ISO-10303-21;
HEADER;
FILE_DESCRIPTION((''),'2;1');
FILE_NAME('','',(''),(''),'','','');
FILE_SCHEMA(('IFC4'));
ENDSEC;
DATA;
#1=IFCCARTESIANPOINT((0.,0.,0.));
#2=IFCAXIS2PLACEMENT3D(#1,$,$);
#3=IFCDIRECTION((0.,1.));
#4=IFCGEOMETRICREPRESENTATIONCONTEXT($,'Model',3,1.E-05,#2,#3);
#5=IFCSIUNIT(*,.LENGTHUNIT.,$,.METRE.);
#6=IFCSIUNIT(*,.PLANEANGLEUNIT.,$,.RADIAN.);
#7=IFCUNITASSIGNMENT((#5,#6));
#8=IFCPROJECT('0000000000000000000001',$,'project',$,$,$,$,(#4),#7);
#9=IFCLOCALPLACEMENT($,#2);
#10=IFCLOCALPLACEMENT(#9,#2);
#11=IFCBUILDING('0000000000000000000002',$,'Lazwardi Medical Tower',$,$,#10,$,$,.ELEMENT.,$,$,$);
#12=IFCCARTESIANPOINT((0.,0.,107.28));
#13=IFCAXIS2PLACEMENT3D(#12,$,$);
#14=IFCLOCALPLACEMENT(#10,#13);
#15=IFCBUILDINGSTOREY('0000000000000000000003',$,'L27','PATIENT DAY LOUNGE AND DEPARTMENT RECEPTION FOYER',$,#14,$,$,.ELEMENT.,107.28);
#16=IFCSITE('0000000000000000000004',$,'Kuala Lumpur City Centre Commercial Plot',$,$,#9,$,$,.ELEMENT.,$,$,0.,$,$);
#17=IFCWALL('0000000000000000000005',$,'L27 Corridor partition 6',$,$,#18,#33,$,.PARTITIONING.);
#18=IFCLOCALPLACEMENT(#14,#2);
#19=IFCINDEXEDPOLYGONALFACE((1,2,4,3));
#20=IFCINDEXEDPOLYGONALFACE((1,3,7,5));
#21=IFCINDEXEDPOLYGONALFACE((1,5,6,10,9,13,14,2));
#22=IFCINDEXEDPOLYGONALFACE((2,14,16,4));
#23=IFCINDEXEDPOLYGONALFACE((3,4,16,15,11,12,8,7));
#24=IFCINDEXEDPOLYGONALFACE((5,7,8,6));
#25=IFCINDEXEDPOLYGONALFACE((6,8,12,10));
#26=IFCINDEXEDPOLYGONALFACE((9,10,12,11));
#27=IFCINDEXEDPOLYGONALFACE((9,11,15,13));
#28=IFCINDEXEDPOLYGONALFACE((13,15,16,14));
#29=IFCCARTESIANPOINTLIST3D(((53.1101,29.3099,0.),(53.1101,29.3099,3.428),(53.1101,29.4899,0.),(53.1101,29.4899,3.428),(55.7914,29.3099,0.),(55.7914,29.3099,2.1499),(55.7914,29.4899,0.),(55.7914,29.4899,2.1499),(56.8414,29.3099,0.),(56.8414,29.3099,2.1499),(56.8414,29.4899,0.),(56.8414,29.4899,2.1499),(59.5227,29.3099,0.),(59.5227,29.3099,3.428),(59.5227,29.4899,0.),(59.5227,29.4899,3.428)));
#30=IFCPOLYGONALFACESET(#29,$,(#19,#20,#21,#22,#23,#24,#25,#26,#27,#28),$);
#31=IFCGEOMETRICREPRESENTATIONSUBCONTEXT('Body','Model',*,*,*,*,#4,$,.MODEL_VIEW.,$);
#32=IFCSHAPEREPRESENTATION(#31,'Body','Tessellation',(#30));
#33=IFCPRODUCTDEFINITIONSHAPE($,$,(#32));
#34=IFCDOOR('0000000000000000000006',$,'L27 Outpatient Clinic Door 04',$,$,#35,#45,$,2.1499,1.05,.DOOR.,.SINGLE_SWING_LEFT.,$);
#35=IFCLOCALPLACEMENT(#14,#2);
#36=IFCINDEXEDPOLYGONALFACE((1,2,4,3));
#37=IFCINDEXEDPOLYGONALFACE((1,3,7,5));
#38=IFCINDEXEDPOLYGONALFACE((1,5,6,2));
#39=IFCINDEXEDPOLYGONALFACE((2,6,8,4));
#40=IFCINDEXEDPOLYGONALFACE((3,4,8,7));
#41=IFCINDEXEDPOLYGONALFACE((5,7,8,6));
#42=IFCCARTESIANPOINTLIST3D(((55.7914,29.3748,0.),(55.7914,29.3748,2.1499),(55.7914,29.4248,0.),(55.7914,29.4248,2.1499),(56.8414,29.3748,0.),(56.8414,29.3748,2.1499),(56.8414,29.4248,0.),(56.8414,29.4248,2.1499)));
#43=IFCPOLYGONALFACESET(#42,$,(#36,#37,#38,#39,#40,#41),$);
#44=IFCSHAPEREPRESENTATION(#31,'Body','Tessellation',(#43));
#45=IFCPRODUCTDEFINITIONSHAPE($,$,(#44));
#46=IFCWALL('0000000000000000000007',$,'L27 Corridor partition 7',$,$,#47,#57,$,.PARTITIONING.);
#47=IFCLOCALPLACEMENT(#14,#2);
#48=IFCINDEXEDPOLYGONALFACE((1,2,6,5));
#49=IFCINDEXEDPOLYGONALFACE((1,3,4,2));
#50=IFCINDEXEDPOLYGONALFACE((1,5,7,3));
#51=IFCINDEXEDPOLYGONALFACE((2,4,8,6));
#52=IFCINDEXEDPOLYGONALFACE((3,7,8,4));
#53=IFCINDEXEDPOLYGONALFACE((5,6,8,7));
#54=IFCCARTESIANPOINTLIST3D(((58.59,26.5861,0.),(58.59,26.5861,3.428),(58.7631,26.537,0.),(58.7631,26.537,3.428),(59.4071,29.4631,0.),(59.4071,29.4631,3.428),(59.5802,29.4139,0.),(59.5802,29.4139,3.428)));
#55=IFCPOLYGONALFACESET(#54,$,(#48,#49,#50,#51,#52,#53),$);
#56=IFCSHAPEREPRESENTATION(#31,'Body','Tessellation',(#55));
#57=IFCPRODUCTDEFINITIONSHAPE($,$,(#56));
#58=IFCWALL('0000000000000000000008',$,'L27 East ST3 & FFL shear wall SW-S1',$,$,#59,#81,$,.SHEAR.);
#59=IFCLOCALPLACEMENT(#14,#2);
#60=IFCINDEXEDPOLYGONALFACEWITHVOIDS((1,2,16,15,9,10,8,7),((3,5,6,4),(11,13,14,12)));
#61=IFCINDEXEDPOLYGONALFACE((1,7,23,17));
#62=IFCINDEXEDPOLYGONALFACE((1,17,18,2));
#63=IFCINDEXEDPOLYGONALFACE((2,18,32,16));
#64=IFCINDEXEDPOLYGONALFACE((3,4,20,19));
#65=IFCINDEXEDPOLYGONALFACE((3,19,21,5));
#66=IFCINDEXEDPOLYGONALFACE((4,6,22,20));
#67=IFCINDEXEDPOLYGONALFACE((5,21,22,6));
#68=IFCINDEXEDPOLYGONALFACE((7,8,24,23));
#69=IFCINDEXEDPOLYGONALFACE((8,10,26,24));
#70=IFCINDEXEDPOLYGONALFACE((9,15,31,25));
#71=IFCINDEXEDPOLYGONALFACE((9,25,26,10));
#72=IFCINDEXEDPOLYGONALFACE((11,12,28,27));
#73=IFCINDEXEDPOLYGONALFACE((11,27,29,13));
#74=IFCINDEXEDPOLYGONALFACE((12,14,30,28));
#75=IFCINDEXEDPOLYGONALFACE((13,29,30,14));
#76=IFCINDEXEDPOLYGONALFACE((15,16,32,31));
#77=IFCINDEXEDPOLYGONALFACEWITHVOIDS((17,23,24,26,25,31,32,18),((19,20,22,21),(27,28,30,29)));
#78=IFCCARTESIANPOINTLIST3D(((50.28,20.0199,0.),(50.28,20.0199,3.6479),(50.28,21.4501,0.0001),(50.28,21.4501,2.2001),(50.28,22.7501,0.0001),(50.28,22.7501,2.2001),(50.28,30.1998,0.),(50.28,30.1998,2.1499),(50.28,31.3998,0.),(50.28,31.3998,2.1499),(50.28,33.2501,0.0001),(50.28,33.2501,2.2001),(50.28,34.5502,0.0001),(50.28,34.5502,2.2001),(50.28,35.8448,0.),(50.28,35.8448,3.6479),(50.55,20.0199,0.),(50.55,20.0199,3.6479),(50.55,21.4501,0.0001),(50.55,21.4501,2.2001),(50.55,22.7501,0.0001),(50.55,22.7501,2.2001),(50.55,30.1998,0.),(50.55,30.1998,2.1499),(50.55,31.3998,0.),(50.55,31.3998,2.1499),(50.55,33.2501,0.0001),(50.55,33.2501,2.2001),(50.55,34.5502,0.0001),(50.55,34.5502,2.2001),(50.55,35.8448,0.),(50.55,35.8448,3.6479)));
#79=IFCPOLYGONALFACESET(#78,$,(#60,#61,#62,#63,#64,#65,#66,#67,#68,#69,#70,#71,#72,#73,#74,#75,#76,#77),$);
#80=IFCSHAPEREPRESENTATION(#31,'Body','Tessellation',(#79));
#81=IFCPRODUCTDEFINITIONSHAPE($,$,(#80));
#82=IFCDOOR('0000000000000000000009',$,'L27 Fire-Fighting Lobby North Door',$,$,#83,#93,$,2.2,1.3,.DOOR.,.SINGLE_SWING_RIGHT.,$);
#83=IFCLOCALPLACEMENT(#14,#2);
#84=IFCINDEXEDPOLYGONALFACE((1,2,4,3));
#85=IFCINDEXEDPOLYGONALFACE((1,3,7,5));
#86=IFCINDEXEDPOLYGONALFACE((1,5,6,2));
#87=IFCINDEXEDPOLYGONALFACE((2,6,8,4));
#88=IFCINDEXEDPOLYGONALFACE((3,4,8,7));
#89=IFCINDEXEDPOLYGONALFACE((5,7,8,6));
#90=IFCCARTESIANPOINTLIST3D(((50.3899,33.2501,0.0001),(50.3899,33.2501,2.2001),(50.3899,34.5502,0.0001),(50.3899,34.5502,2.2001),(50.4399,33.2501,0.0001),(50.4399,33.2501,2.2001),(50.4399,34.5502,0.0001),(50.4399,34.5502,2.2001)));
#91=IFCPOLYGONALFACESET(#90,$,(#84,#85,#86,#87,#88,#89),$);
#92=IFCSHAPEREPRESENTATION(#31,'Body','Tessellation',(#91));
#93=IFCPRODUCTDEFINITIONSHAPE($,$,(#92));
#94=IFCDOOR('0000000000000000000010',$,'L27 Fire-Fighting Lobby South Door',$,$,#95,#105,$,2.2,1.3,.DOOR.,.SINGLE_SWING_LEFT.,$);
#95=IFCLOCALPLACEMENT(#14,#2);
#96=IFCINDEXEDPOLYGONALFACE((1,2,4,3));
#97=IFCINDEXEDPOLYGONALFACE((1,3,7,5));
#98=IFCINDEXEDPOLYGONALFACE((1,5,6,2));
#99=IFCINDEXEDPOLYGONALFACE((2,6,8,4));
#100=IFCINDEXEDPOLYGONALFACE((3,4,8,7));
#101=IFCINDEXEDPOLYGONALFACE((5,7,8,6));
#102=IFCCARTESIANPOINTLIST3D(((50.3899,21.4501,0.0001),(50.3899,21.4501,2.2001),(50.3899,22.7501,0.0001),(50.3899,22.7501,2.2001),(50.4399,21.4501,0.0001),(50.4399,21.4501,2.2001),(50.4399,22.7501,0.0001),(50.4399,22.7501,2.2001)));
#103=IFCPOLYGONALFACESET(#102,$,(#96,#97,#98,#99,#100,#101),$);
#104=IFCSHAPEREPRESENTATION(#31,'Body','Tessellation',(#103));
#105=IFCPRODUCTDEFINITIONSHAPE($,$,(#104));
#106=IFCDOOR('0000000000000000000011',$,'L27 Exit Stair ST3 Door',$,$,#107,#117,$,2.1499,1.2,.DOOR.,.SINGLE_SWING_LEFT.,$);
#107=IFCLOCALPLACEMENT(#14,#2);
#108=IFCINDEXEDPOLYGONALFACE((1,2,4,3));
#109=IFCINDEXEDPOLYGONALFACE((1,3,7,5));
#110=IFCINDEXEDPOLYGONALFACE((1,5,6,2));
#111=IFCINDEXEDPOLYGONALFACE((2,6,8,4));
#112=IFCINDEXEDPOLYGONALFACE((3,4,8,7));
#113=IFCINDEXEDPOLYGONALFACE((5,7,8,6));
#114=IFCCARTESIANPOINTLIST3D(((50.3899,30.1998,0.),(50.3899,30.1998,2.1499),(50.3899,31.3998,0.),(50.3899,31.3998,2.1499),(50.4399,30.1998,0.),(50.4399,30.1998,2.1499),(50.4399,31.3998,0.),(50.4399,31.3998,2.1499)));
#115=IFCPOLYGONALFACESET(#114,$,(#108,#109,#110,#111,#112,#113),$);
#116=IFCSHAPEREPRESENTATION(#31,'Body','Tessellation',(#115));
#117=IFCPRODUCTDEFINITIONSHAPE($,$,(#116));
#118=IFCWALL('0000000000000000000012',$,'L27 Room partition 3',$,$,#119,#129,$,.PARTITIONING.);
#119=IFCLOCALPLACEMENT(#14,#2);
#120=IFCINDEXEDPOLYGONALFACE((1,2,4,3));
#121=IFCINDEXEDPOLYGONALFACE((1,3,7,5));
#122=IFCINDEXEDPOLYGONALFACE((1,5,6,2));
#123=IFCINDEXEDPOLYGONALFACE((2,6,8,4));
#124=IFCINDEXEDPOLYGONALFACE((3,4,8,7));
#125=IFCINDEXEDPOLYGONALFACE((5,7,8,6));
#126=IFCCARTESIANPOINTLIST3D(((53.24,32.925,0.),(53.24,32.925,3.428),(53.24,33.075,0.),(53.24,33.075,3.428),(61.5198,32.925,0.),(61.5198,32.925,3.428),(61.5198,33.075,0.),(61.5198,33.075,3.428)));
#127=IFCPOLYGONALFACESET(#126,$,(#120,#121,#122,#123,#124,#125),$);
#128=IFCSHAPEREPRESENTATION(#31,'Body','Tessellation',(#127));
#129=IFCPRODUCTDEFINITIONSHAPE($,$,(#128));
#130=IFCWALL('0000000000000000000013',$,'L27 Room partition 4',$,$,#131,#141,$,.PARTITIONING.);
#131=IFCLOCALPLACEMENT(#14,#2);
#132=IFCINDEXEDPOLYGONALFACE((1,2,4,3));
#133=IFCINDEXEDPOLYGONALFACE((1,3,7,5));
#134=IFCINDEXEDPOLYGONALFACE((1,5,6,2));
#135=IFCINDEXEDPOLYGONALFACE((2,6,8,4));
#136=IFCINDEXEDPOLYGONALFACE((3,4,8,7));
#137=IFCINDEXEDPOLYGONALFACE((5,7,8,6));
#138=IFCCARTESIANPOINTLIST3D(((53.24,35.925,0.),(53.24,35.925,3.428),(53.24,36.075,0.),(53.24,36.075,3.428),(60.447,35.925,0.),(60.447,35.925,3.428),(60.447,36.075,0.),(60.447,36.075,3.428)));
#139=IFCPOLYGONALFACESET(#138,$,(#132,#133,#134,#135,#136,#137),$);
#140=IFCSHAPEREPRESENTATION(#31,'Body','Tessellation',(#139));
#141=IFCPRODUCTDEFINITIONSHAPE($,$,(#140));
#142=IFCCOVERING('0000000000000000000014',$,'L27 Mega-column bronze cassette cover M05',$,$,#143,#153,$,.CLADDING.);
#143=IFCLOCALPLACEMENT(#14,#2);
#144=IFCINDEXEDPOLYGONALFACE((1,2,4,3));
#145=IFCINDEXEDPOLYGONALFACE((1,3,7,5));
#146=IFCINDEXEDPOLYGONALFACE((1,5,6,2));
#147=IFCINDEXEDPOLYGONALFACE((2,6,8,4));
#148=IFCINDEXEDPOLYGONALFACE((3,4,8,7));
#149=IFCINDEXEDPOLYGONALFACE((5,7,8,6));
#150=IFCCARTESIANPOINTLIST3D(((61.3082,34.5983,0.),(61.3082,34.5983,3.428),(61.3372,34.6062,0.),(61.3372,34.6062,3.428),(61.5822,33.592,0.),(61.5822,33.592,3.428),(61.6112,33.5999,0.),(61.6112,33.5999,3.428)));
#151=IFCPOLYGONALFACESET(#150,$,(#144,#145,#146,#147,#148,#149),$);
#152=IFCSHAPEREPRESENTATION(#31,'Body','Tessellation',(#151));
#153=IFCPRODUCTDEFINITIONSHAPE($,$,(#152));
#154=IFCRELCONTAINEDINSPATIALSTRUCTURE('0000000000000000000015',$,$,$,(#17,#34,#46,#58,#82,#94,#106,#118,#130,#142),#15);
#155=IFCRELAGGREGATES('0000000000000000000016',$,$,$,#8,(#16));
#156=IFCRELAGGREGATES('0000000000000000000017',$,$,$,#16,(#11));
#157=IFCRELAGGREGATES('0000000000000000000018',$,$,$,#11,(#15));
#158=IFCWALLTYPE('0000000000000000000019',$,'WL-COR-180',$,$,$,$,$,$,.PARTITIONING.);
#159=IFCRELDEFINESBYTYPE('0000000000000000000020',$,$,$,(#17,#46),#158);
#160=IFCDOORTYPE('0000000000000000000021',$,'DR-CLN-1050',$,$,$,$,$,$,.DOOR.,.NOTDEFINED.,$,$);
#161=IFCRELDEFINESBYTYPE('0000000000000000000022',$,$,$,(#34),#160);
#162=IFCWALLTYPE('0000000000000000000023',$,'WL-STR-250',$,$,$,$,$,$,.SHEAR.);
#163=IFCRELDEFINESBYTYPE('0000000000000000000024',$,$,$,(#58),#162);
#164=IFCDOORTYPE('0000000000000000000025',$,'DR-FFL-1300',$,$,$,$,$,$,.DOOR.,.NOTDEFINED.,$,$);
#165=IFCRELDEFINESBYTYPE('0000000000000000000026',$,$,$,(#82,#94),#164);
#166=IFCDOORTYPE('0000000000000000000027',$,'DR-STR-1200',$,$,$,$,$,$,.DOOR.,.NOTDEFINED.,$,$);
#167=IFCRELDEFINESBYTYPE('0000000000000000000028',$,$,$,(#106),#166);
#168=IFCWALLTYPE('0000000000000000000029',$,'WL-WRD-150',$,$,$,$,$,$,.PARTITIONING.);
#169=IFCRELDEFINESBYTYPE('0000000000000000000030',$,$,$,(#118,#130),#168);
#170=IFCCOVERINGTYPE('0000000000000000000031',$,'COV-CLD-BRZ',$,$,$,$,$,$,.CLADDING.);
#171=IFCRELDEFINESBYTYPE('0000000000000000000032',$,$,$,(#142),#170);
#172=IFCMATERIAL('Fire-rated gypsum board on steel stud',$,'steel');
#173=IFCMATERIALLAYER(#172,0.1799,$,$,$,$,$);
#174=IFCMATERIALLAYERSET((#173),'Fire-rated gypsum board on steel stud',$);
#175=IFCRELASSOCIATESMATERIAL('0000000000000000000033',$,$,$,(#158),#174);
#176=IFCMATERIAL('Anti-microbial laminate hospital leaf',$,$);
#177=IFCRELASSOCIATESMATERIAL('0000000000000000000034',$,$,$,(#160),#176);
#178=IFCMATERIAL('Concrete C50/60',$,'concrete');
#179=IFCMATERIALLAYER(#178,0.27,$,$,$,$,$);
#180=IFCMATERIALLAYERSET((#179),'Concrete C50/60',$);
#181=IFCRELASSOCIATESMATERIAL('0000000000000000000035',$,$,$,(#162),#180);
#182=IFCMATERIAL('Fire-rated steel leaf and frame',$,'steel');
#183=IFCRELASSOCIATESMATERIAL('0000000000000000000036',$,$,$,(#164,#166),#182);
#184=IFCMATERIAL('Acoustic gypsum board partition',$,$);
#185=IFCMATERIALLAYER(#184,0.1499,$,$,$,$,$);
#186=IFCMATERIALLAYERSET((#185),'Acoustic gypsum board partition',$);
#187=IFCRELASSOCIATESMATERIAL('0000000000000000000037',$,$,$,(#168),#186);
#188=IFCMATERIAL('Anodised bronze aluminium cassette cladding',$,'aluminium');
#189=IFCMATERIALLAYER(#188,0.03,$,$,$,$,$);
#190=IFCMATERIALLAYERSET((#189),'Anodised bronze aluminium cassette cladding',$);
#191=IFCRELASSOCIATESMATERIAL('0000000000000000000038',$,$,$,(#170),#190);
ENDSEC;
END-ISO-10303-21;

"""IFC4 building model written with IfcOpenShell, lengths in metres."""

from ifc_helpers import new_model, si_unit, direction, frame, frame_2d, origin, origin_2d, place, context, subcontext, project, spatial, rectangle, extrude, material, layer, layer_set, type_object, element, fill, save


model = new_model("IFC4")

# Units and contexts
model_context = context("Model", 3, precision=1e-05, world=origin(), true_north=direction((0.0, 1.0)))
body_context = subcontext(model_context, "Body", "Model", "MODEL_VIEW")
ifc_project = project(units=[si_unit("LENGTHUNIT", "METRE"), si_unit("PLANEANGLEUNIT", "RADIAN")], contexts=[model_context])

# Site, building, storey
site_placement = place(None, origin())
site = spatial("IfcSite", under=ifc_project, at=site_placement, Name="Kuala Lumpur City Centre Commercial Plot", CompositionType="ELEMENT", RefElevation=0.0)
building_placement = place(site_placement, origin())
building = spatial("IfcBuilding", under=site, at=building_placement, Name="Lazwardi Medical Tower", CompositionType="ELEMENT")
storey_placement = place(building_placement, frame((0.0, 0.0, 107.28)))
storey = spatial("IfcBuildingStorey", under=building, at=storey_placement, Name="L27", Description="PATIENT DAY LOUNGE AND DEPARTMENT RECEPTION FOYER", CompositionType="ELEMENT", Elevation=107.28)

# Wall, opening, door
ifc_material_1 = material(Name="Fire-rated gypsum board on steel stud", Category="steel")
ifc_layer_1 = layer(ifc_material_1, 0.1799)
ifc_layer_set_1 = layer_set([ifc_layer_1], Name="Fire-rated gypsum board on steel stud")
wall_type_1 = type_object("IfcWallType", Name="WL-COR-180", PredefinedType="PARTITIONING", material=ifc_layer_set_1)
ifc_material_2 = material(Name="Anti-microbial laminate hospital leaf")
wall_1_placement = place(storey_placement, frame((53.1101, 29.3999, 0.0), z_axis=(0.0, 0.0, 1.0), x_axis=(1.0, 0.0, 0.0)))
wall_1 = element("IfcWall", 1, at=wall_1_placement, inside=storey, type_object=wall_type_1, Name="L27 Corridor partition 6", PredefinedType="PARTITIONING", context=body_context, shape_type="SweptSolid", body=[
    extrude(rectangle(XDim=6.4126, YDim=0.1799, at=frame_2d((3.2063, 0.0))), origin(), (0.0, 0.0, 1.0), 3.428),
])
opening_1_placement = place(wall_1_placement, frame((2.6814, 0.0, 0.0)))
opening_1 = element("IfcOpeningElement", 2, at=opening_1_placement, cuts=wall_1, PredefinedType="OPENING", context=body_context, shape_type="SweptSolid", body=[
    extrude(rectangle(XDim=1.05, YDim=2.1499, at=frame_2d((0.5249, 1.075))), frame((0.0, 0.0999, 0.0), z_axis=(0.0, -1.0, 0.0), x_axis=(1.0, 0.0, 0.0)), (0.0, 0.0, 1.0), 0.2),
])
door_type_1 = type_object("IfcDoorType", Name="DR-CLN-1050", OperationType="NOTDEFINED", PredefinedType="DOOR", material=ifc_material_2)
door_1_placement = place(opening_1_placement, origin())
door_1 = element("IfcDoor", 3, at=door_1_placement, inside=storey, type_object=door_type_1, Name="L27 Outpatient Clinic Door 04", OperationType="SINGLE_SWING_LEFT", OverallHeight=2.1499, OverallWidth=1.05, PredefinedType="DOOR", context=body_context, shape_type="SweptSolid", body=[
    extrude(rectangle(XDim=1.05, YDim=2.1499, at=frame_2d((0.5249, 1.075))), frame((0.0, 0.0249, 0.0), z_axis=(0.0, -1.0, 0.0), x_axis=(1.0, 0.0, 0.0)), (0.0, 0.0, 1.0), 0.05),
])
fill(opening_1, door_1)

# Wall
wall_2_placement = place(storey_placement, frame((59.4937, 29.4385, 0.0), z_axis=(0.0, 0.0, 1.0), x_axis=(-0.273222, -0.961951, 0.0)))
element("IfcWall", 4, at=wall_2_placement, inside=storey, type_object=wall_type_1, Name="L27 Corridor partition 7", PredefinedType="PARTITIONING", context=body_context, shape_type="SweptSolid", body=[
    extrude(rectangle(XDim=2.9907, YDim=0.1799, at=frame_2d((1.4954, 0.0))), origin(), (0.0, 0.0, 1.0), 3.428),
])

# Wall, openings, doors
ifc_material_3 = material(Name="Concrete C50/60", Category="concrete")
ifc_layer_2 = layer(ifc_material_3, 0.27)
ifc_layer_set_2 = layer_set([ifc_layer_2], Name="Concrete C50/60")
wall_type_2 = type_object("IfcWallType", Name="WL-STR-250", PredefinedType="SHEAR", material=ifc_layer_set_2)
wall_3_placement = place(storey_placement, frame((50.415, 35.845, 0.0), z_axis=(0.0, 0.0, 1.0), x_axis=(0.0, -1.0, 0.0)))
wall_3 = element("IfcWall", 5, at=wall_3_placement, inside=storey, type_object=wall_type_2, Name="L27 East ST3 & FFL shear wall SW-S1", PredefinedType="SHEAR", context=body_context, shape_type="SweptSolid", body=[
    extrude(rectangle(XDim=15.825, YDim=0.27, at=frame_2d((7.9126, 0.0))), origin(), (0.0, 0.0, 1.0), 3.6479),
])
opening_2_placement = place(wall_3_placement, frame((4.4451, 0.0, 0.0)))
opening_2 = element("IfcOpeningElement", 6, at=opening_2_placement, cuts=wall_3, PredefinedType="OPENING", context=body_context, shape_type="SweptSolid", body=[
    extrude(rectangle(XDim=1.2, YDim=2.1499, at=frame_2d((0.6001, 1.075))), frame((0.0, 0.145, 0.0), z_axis=(0.0, -1.0, 0.0), x_axis=(1.0, 0.0, 0.0)), (0.0, 0.0, 1.0), 0.29),
])
opening_3_placement = place(wall_3_placement, frame((1.2949, 0.0, 0.0)))
opening_3 = element("IfcOpeningElement", 7, at=opening_3_placement, cuts=wall_3, PredefinedType="OPENING", context=body_context, shape_type="SweptSolid", body=[
    extrude(rectangle(XDim=1.3, YDim=2.2, at=frame_2d((0.6499, 1.1001))), frame((0.0, 0.145, 0.0), z_axis=(0.0, -1.0, 0.0), x_axis=(1.0, 0.0, 0.0)), (0.0, 0.0, 1.0), 0.29),
])
opening_4_placement = place(wall_3_placement, frame((13.095, 0.0, 0.0)))
opening_4 = element("IfcOpeningElement", 8, at=opening_4_placement, cuts=wall_3, PredefinedType="OPENING", context=body_context, shape_type="SweptSolid", body=[
    extrude(rectangle(XDim=1.3, YDim=2.2, at=frame_2d((0.6499, 1.1001))), frame((0.0, 0.145, 0.0), z_axis=(0.0, -1.0, 0.0), x_axis=(1.0, 0.0, 0.0)), (0.0, 0.0, 1.0), 0.29),
])
ifc_material_4 = material(Name="Fire-rated steel leaf and frame", Category="steel")
door_type_2 = type_object("IfcDoorType", Name="DR-FFL-1300", OperationType="NOTDEFINED", PredefinedType="DOOR", material=ifc_material_4)
door_2_placement = place(opening_3_placement, origin())
door_2 = element("IfcDoor", 9, at=door_2_placement, inside=storey, type_object=door_type_2, Name="L27 Fire-Fighting Lobby North Door", OperationType="SINGLE_SWING_RIGHT", OverallHeight=2.2, OverallWidth=1.3, PredefinedType="DOOR", context=body_context, shape_type="SweptSolid", body=[
    extrude(rectangle(XDim=1.3, YDim=2.2, at=frame_2d((0.6499, 1.1001))), frame((0.0, 0.0249, 0.0), z_axis=(0.0, -1.0, 0.0), x_axis=(1.0, 0.0, 0.0)), (0.0, 0.0, 1.0), 0.05),
])
fill(opening_3, door_2)
door_3_placement = place(opening_4_placement, origin())
door_3 = element("IfcDoor", 10, at=door_3_placement, inside=storey, type_object=door_type_2, Name="L27 Fire-Fighting Lobby South Door", OperationType="SINGLE_SWING_LEFT", OverallHeight=2.2, OverallWidth=1.3, PredefinedType="DOOR", context=body_context, shape_type="SweptSolid", body=[
    extrude(rectangle(XDim=1.3, YDim=2.2, at=frame_2d((0.6499, 1.1001))), frame((0.0, 0.0249, 0.0), z_axis=(0.0, -1.0, 0.0), x_axis=(1.0, 0.0, 0.0)), (0.0, 0.0, 1.0), 0.05),
])
fill(opening_4, door_3)
door_type_3 = type_object("IfcDoorType", Name="DR-STR-1200", OperationType="NOTDEFINED", PredefinedType="DOOR", material=ifc_material_4)
door_4_placement = place(opening_2_placement, origin())
door_4 = element("IfcDoor", 11, at=door_4_placement, inside=storey, type_object=door_type_3, Name="L27 Exit Stair ST3 Door", OperationType="SINGLE_SWING_LEFT", OverallHeight=2.1499, OverallWidth=1.2, PredefinedType="DOOR", context=body_context, shape_type="SweptSolid", body=[
    extrude(rectangle(XDim=1.2, YDim=2.1499, at=frame_2d((0.6001, 1.075))), frame((0.0, 0.0249, 0.0), z_axis=(0.0, -1.0, 0.0), x_axis=(1.0, 0.0, 0.0)), (0.0, 0.0, 1.0), 0.05),
])
fill(opening_2, door_4)

# Walls
ifc_material_5 = material(Name="Acoustic gypsum board partition")
ifc_layer_3 = layer(ifc_material_5, 0.1499)
ifc_layer_set_3 = layer_set([ifc_layer_3], Name="Acoustic gypsum board partition")
wall_type_3 = type_object("IfcWallType", Name="WL-WRD-150", PredefinedType="PARTITIONING", material=ifc_layer_set_3)
wall_4_placement = place(storey_placement, frame((53.24, 33.0, 0.0), z_axis=(0.0, 0.0, 1.0), x_axis=(1.0, 0.0, 0.0)))
element("IfcWall", 12, at=wall_4_placement, inside=storey, type_object=wall_type_3, Name="L27 Room partition 3", PredefinedType="PARTITIONING", context=body_context, shape_type="SweptSolid", body=[
    extrude(rectangle(XDim=8.2798, YDim=0.1499, at=frame_2d((4.1399, 0.0))), origin(), (0.0, 0.0, 1.0), 3.428),
])
wall_5_placement = place(storey_placement, frame((53.24, 36.0, 0.0), z_axis=(0.0, 0.0, 1.0), x_axis=(1.0, 0.0, 0.0)))
element("IfcWall", 13, at=wall_5_placement, inside=storey, type_object=wall_type_3, Name="L27 Room partition 4", PredefinedType="PARTITIONING", context=body_context, shape_type="SweptSolid", body=[
    extrude(rectangle(XDim=7.207, YDim=0.1499, at=frame_2d((3.6035, 0.0))), origin(), (0.0, 0.0, 1.0), 3.428),
])

# Covering
ifc_material_6 = material(Name="Anodised bronze aluminium cassette cladding", Category="aluminium")
ifc_layer_4 = layer(ifc_material_6, 0.03)
ifc_layer_set_4 = layer_set([ifc_layer_4], Name="Anodised bronze aluminium cassette cladding")
covering_type = type_object("IfcCoveringType", Name="COV-CLD-BRZ", PredefinedType="CLADDING", material=ifc_layer_set_4)
covering_placement = place(storey_placement, frame((61.4597, 34.0991, 0.0), z_axis=(0.0, 0.0, 1.0), x_axis=(-0.262696, 0.964879, 0.0)))
element("IfcCovering", 14, at=covering_placement, inside=storey, type_object=covering_type, Name="L27 Mega-column bronze cassette cover M05", PredefinedType="CLADDING", context=body_context, shape_type="SweptSolid", body=[
    extrude(rectangle(XDim=1.043, YDim=0.03, at=origin_2d()), origin(), (0.0, 0.0, 1.0), 3.428),
])

save(model, "model.ifc")
